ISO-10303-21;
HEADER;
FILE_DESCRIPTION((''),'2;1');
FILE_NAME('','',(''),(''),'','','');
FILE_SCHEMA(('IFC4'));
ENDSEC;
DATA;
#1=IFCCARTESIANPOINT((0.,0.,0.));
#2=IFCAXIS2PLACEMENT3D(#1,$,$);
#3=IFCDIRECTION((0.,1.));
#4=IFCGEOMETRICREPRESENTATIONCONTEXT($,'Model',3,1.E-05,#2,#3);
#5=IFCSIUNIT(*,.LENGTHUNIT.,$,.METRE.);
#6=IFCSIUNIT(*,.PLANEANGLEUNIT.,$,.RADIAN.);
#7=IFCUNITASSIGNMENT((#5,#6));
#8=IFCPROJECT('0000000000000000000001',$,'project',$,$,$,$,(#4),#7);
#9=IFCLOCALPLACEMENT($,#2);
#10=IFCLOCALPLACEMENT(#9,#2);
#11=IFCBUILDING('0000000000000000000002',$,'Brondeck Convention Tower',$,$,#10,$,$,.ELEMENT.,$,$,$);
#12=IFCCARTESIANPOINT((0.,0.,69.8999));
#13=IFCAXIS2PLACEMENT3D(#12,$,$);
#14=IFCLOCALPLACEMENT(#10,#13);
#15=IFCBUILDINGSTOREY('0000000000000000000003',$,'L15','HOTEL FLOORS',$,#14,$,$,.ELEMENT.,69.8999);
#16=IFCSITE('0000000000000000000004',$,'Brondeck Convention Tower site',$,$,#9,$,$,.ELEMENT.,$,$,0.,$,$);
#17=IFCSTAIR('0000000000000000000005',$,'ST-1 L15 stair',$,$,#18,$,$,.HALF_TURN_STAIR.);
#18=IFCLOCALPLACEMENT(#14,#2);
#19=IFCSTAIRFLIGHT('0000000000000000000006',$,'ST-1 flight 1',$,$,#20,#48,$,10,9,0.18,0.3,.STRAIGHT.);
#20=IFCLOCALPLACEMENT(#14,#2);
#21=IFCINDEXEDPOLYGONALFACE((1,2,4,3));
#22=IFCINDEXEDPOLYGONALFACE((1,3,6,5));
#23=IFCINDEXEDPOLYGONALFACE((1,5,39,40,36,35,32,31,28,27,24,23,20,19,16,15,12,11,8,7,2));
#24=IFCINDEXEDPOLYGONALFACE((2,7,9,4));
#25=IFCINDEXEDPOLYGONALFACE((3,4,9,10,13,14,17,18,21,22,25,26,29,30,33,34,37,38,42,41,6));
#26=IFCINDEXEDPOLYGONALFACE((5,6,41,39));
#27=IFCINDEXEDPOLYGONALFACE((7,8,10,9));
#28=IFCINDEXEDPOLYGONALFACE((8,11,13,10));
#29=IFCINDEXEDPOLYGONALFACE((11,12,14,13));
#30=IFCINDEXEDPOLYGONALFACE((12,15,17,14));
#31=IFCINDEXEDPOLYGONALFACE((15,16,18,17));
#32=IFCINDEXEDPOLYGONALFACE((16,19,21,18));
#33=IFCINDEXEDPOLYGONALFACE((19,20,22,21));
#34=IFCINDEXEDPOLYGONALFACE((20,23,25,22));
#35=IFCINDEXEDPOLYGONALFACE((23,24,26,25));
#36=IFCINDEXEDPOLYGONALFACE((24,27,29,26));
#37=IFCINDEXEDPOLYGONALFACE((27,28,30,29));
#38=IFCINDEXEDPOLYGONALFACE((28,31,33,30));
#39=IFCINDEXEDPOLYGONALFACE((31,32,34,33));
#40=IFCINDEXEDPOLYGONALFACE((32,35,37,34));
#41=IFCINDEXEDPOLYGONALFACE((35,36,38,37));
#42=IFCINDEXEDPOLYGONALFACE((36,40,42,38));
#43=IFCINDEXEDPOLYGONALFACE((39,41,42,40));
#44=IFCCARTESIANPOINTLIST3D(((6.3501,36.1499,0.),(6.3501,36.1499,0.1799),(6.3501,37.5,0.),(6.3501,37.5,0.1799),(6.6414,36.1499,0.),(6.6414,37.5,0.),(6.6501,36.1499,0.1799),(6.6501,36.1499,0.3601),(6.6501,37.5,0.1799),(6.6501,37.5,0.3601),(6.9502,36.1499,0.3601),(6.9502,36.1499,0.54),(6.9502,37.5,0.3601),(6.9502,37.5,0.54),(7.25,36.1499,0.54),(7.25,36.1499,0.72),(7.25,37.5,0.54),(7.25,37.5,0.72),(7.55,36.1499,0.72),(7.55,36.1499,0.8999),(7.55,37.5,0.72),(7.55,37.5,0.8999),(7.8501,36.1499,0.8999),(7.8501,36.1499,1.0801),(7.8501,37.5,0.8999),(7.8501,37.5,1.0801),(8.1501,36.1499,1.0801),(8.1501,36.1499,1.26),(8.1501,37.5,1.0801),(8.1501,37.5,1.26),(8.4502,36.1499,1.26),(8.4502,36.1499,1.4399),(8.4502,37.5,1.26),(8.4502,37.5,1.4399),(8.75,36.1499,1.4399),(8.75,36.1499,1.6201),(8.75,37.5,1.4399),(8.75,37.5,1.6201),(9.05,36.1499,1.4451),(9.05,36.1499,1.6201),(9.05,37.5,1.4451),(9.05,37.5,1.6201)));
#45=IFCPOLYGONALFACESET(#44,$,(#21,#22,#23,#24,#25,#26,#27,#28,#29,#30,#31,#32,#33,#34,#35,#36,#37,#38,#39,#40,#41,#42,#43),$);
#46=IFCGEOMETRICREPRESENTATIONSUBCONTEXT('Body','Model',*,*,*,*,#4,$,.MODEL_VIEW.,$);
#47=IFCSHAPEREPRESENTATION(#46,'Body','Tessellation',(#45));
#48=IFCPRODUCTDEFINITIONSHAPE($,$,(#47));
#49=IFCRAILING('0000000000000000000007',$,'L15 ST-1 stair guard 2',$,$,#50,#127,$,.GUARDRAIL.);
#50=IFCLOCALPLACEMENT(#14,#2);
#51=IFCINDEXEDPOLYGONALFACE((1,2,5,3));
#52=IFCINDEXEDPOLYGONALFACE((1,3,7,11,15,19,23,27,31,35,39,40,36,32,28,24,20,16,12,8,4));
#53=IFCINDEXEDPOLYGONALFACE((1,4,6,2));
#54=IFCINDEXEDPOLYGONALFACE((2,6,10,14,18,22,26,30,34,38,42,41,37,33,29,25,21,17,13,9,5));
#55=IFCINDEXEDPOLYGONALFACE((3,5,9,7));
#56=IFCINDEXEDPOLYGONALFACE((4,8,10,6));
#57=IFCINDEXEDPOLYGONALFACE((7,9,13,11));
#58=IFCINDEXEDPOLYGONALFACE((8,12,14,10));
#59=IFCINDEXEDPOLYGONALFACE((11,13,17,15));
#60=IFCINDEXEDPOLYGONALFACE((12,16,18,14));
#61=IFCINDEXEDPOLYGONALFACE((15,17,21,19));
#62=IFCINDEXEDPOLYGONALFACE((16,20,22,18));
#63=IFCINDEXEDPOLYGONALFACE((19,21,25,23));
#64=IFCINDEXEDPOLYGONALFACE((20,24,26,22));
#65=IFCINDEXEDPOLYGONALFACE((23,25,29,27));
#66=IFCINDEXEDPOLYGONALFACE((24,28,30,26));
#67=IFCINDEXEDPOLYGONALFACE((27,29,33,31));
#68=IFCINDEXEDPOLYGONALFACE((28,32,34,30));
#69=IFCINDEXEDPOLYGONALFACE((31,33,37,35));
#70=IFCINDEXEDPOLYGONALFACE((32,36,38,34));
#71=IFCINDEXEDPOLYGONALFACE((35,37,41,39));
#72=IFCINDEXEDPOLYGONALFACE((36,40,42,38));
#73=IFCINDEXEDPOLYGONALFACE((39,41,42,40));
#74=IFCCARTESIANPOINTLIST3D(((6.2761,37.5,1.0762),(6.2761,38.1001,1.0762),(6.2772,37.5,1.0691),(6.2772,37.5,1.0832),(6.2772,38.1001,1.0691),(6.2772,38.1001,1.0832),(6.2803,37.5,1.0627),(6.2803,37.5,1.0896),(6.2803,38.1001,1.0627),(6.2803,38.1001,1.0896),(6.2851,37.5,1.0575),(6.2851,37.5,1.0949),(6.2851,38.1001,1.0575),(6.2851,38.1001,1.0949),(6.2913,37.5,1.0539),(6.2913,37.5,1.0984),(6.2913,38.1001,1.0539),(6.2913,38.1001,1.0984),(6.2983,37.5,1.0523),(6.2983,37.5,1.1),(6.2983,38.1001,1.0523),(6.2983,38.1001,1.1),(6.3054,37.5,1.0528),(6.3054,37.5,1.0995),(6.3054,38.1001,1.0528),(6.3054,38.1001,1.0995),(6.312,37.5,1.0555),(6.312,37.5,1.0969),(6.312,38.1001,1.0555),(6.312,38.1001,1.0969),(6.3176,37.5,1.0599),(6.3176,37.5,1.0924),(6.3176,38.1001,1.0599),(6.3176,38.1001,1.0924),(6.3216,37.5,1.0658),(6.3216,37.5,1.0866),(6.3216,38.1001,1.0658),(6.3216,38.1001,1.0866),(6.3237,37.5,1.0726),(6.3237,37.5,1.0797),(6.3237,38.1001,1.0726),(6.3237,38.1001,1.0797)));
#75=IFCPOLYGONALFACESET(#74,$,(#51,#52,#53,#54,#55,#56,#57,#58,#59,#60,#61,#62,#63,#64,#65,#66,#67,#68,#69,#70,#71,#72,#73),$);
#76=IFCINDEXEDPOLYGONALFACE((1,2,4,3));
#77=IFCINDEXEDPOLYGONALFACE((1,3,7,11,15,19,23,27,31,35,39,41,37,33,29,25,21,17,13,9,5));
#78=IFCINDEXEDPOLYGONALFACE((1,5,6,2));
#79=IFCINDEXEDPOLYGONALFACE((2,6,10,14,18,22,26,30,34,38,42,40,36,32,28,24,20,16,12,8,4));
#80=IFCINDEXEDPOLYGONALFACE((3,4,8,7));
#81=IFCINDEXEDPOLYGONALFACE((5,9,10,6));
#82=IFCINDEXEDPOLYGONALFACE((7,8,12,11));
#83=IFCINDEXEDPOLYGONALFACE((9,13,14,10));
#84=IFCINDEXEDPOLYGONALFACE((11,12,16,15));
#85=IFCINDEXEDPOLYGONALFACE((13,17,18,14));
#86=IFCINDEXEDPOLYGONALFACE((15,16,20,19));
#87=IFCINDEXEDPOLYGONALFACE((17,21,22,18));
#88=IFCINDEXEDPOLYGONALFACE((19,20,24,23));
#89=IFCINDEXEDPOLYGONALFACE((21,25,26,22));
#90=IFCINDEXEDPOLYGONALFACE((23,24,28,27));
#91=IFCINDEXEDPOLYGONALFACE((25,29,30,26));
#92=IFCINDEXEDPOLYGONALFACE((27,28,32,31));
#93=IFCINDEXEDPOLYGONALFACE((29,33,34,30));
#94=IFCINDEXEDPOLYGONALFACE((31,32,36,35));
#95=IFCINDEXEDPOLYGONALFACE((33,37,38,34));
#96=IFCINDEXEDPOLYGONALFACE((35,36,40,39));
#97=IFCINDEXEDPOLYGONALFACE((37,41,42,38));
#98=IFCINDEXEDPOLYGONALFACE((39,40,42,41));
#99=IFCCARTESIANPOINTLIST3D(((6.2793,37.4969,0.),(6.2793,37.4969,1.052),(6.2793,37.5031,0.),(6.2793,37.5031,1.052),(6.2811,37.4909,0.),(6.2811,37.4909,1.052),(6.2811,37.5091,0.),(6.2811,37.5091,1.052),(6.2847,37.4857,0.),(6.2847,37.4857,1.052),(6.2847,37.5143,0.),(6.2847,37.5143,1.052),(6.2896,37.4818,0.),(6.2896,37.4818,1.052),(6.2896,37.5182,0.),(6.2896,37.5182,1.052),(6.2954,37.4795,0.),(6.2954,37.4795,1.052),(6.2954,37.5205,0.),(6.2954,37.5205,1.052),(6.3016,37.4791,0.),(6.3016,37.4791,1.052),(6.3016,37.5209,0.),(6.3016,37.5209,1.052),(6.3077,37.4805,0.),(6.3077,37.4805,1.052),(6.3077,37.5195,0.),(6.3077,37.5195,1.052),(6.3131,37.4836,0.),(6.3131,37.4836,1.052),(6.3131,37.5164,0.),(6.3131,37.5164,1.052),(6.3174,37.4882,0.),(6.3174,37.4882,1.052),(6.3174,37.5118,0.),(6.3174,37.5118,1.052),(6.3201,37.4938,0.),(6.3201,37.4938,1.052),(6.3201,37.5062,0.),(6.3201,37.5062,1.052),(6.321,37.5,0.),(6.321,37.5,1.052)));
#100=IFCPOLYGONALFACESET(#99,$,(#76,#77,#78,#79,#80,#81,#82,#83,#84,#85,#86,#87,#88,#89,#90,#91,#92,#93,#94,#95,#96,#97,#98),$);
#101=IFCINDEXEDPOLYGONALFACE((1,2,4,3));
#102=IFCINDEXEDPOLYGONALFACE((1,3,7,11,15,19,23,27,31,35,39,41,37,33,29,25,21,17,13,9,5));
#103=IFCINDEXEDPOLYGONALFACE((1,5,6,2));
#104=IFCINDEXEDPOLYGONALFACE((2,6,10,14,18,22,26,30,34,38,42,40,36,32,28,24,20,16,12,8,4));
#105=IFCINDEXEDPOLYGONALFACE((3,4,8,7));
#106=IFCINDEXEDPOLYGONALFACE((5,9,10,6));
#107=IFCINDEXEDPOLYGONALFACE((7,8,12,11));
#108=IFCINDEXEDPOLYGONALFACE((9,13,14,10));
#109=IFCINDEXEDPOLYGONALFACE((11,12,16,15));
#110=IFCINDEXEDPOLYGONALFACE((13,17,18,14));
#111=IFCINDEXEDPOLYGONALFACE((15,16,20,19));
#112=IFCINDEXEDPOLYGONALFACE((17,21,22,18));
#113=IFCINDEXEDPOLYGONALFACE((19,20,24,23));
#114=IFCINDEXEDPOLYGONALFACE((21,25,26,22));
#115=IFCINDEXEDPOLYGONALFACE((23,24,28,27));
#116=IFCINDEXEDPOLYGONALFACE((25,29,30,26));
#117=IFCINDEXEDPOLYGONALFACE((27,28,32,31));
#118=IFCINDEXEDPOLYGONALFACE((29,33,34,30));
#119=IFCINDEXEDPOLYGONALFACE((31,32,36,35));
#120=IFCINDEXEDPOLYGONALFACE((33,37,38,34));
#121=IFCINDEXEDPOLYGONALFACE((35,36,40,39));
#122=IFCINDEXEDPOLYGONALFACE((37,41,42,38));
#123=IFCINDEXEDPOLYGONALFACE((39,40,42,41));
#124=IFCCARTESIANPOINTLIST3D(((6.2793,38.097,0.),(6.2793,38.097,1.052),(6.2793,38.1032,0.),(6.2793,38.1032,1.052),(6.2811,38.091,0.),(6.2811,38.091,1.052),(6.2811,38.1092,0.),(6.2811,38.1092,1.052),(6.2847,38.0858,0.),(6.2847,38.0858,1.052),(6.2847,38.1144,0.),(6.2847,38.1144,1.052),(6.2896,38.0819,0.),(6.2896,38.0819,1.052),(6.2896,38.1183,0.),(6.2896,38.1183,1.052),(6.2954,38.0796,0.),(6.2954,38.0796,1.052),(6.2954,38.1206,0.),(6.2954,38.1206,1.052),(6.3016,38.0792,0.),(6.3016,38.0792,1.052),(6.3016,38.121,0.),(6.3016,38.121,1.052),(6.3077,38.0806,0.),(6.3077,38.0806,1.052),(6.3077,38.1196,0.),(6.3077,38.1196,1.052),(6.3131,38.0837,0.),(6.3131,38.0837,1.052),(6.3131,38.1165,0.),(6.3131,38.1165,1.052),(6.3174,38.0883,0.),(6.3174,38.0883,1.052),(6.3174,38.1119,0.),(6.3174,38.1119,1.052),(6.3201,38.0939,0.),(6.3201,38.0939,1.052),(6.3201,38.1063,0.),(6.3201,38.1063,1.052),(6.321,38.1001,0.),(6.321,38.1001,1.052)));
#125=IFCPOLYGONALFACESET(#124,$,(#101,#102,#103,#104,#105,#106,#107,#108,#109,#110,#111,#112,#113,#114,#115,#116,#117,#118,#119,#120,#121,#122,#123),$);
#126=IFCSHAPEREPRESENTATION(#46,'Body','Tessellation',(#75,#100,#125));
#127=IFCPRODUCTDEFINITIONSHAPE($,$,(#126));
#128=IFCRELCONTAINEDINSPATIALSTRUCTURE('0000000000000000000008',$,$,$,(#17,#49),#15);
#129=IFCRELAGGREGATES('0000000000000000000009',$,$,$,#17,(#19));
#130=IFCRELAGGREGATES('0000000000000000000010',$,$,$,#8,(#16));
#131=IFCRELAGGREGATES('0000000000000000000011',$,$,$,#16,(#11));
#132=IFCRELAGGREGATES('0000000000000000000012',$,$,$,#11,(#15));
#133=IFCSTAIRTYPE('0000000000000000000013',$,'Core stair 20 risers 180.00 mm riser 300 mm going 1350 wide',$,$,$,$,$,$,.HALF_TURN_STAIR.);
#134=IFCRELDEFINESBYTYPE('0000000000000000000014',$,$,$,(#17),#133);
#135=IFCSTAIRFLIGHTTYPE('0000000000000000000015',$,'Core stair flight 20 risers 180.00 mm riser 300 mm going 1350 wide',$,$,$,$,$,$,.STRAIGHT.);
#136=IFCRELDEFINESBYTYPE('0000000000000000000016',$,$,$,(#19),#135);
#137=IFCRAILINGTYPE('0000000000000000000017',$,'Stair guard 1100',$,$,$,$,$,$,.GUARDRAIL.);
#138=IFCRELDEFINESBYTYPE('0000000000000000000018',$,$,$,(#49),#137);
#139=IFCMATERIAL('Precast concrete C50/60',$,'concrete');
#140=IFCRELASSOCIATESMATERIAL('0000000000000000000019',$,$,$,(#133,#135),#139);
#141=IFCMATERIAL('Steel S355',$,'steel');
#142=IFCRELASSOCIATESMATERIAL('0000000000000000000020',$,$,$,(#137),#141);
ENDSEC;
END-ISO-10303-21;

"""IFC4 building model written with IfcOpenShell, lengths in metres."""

from ifc_helpers import new_model, si_unit, direction, frame, origin, origin_2d, place, context, subcontext, project, spatial, polyline, circle, outline, extrude, material, type_object, element, aggregate, save


model = new_model("IFC4")

# Units and contexts
model_context = context("Model", 3, precision=1e-05, world=origin(), true_north=direction((0.0, 1.0)))
body_context = subcontext(model_context, "Body", "Model", "MODEL_VIEW")
ifc_project = project(units=[si_unit("LENGTHUNIT", "METRE"), si_unit("PLANEANGLEUNIT", "RADIAN")], contexts=[model_context])

# Site, building, storey
site_placement = place(None, origin())
site = spatial("IfcSite", under=ifc_project, at=site_placement, Name="Brondeck Convention Tower site", CompositionType="ELEMENT", RefElevation=0.0)
building_placement = place(site_placement, origin())
building = spatial("IfcBuilding", under=site, at=building_placement, Name="Brondeck Convention Tower", CompositionType="ELEMENT")
storey_placement = place(building_placement, frame((0.0, 0.0, 69.8999)))
storey = spatial("IfcBuildingStorey", under=building, at=storey_placement, Name="L15", Description="HOTEL FLOORS", CompositionType="ELEMENT", Elevation=69.8999)

# Stair, stair flight
ifc_material_1 = material(Name="Precast concrete C50/60", Category="concrete")
stair_type = type_object("IfcStairType", Name="Core stair 20 risers 180.00 mm riser 300 mm going 1350 wide", PredefinedType="HALF_TURN_STAIR", material=ifc_material_1)
stair_placement = place(storey_placement, origin())
stair = element("IfcStair", 1, at=stair_placement, inside=storey, type_object=stair_type, Name="ST-1 L15 stair", PredefinedType="HALF_TURN_STAIR")
stair_flight_type = type_object("IfcStairFlightType", Name="Core stair flight 20 risers 180.00 mm riser 300 mm going 1350 wide", PredefinedType="STRAIGHT", material=ifc_material_1)
stair_flight_placement = place(storey_placement, frame((6.3501, 36.825, 0.0), z_axis=(0.0, 0.0, 1.0), x_axis=(1.0, 0.0, 0.0)))
stair_flight = element("IfcStairFlight", 2, at=stair_flight_placement, type_object=stair_flight_type, Name="ST-1 flight 1", NumberOfRisers=10, NumberOfTreads=9, PredefinedType="STRAIGHT", RiserHeight=0.18, TreadLength=0.3, context=body_context, shape_type="SweptSolid", body=[
    extrude(outline(polyline([(0.0, 0.0), (0.0, 0.1799), (0.3, 0.1799), (0.3, 0.3601), (0.6001, 0.3601), (0.6001, 0.54), (0.8999, 0.54), (0.8999, 0.72), (1.2, 0.72), (1.2, 0.8999), (1.5, 0.8999), (1.5, 1.0801), (1.8, 1.0801), (1.8, 1.26), (2.1001, 1.26), (2.1001, 1.4399), (2.3999, 1.4399), (2.3999, 1.6201), (2.7, 1.6201), (2.7, 1.8), (2.7, 1.4451), (0.2913, 0.0), (0.0, 0.0)])), frame((0.0, 0.675, 0.0), z_axis=(0.0, -1.0, 0.0), x_axis=(1.0, 0.0, 0.0)), (0.0, 0.0, 1.0), 1.3501),
])
aggregate(stair, [stair_flight])

# Railing
ifc_material_2 = material(Name="Steel S355", Category="steel")
railing_type_1 = type_object("IfcRailingType", Name="Stair guard 1100", PredefinedType="GUARDRAIL", material=ifc_material_2)
railing_1_placement = place(storey_placement, frame((6.3, 37.5, 0.0)))
element("IfcRailing", 3, at=railing_1_placement, inside=storey, type_object=railing_type_1, Name="L15 ST-1 stair guard 2", PredefinedType="GUARDRAIL", context=body_context, shape_type="SweptSolid", body=[
    extrude(circle(Radius=0.0239, at=origin_2d()), frame((0.0, 0.0, 1.0762), z_axis=(0.0, 1.0, 0.0), x_axis=(-1.0, 0.0, 0.0)), (0.0, 0.0, 1.0), 0.6001),
    extrude(circle(Radius=0.021, at=origin_2d()), origin(), (0.0, 0.0, 1.0), 1.052),
    extrude(circle(Radius=0.021, at=origin_2d()), frame((0.0, 0.6001, 0.0)), (0.0, 0.0, 1.0), 1.052),
])

save(model, "model.ifc")
